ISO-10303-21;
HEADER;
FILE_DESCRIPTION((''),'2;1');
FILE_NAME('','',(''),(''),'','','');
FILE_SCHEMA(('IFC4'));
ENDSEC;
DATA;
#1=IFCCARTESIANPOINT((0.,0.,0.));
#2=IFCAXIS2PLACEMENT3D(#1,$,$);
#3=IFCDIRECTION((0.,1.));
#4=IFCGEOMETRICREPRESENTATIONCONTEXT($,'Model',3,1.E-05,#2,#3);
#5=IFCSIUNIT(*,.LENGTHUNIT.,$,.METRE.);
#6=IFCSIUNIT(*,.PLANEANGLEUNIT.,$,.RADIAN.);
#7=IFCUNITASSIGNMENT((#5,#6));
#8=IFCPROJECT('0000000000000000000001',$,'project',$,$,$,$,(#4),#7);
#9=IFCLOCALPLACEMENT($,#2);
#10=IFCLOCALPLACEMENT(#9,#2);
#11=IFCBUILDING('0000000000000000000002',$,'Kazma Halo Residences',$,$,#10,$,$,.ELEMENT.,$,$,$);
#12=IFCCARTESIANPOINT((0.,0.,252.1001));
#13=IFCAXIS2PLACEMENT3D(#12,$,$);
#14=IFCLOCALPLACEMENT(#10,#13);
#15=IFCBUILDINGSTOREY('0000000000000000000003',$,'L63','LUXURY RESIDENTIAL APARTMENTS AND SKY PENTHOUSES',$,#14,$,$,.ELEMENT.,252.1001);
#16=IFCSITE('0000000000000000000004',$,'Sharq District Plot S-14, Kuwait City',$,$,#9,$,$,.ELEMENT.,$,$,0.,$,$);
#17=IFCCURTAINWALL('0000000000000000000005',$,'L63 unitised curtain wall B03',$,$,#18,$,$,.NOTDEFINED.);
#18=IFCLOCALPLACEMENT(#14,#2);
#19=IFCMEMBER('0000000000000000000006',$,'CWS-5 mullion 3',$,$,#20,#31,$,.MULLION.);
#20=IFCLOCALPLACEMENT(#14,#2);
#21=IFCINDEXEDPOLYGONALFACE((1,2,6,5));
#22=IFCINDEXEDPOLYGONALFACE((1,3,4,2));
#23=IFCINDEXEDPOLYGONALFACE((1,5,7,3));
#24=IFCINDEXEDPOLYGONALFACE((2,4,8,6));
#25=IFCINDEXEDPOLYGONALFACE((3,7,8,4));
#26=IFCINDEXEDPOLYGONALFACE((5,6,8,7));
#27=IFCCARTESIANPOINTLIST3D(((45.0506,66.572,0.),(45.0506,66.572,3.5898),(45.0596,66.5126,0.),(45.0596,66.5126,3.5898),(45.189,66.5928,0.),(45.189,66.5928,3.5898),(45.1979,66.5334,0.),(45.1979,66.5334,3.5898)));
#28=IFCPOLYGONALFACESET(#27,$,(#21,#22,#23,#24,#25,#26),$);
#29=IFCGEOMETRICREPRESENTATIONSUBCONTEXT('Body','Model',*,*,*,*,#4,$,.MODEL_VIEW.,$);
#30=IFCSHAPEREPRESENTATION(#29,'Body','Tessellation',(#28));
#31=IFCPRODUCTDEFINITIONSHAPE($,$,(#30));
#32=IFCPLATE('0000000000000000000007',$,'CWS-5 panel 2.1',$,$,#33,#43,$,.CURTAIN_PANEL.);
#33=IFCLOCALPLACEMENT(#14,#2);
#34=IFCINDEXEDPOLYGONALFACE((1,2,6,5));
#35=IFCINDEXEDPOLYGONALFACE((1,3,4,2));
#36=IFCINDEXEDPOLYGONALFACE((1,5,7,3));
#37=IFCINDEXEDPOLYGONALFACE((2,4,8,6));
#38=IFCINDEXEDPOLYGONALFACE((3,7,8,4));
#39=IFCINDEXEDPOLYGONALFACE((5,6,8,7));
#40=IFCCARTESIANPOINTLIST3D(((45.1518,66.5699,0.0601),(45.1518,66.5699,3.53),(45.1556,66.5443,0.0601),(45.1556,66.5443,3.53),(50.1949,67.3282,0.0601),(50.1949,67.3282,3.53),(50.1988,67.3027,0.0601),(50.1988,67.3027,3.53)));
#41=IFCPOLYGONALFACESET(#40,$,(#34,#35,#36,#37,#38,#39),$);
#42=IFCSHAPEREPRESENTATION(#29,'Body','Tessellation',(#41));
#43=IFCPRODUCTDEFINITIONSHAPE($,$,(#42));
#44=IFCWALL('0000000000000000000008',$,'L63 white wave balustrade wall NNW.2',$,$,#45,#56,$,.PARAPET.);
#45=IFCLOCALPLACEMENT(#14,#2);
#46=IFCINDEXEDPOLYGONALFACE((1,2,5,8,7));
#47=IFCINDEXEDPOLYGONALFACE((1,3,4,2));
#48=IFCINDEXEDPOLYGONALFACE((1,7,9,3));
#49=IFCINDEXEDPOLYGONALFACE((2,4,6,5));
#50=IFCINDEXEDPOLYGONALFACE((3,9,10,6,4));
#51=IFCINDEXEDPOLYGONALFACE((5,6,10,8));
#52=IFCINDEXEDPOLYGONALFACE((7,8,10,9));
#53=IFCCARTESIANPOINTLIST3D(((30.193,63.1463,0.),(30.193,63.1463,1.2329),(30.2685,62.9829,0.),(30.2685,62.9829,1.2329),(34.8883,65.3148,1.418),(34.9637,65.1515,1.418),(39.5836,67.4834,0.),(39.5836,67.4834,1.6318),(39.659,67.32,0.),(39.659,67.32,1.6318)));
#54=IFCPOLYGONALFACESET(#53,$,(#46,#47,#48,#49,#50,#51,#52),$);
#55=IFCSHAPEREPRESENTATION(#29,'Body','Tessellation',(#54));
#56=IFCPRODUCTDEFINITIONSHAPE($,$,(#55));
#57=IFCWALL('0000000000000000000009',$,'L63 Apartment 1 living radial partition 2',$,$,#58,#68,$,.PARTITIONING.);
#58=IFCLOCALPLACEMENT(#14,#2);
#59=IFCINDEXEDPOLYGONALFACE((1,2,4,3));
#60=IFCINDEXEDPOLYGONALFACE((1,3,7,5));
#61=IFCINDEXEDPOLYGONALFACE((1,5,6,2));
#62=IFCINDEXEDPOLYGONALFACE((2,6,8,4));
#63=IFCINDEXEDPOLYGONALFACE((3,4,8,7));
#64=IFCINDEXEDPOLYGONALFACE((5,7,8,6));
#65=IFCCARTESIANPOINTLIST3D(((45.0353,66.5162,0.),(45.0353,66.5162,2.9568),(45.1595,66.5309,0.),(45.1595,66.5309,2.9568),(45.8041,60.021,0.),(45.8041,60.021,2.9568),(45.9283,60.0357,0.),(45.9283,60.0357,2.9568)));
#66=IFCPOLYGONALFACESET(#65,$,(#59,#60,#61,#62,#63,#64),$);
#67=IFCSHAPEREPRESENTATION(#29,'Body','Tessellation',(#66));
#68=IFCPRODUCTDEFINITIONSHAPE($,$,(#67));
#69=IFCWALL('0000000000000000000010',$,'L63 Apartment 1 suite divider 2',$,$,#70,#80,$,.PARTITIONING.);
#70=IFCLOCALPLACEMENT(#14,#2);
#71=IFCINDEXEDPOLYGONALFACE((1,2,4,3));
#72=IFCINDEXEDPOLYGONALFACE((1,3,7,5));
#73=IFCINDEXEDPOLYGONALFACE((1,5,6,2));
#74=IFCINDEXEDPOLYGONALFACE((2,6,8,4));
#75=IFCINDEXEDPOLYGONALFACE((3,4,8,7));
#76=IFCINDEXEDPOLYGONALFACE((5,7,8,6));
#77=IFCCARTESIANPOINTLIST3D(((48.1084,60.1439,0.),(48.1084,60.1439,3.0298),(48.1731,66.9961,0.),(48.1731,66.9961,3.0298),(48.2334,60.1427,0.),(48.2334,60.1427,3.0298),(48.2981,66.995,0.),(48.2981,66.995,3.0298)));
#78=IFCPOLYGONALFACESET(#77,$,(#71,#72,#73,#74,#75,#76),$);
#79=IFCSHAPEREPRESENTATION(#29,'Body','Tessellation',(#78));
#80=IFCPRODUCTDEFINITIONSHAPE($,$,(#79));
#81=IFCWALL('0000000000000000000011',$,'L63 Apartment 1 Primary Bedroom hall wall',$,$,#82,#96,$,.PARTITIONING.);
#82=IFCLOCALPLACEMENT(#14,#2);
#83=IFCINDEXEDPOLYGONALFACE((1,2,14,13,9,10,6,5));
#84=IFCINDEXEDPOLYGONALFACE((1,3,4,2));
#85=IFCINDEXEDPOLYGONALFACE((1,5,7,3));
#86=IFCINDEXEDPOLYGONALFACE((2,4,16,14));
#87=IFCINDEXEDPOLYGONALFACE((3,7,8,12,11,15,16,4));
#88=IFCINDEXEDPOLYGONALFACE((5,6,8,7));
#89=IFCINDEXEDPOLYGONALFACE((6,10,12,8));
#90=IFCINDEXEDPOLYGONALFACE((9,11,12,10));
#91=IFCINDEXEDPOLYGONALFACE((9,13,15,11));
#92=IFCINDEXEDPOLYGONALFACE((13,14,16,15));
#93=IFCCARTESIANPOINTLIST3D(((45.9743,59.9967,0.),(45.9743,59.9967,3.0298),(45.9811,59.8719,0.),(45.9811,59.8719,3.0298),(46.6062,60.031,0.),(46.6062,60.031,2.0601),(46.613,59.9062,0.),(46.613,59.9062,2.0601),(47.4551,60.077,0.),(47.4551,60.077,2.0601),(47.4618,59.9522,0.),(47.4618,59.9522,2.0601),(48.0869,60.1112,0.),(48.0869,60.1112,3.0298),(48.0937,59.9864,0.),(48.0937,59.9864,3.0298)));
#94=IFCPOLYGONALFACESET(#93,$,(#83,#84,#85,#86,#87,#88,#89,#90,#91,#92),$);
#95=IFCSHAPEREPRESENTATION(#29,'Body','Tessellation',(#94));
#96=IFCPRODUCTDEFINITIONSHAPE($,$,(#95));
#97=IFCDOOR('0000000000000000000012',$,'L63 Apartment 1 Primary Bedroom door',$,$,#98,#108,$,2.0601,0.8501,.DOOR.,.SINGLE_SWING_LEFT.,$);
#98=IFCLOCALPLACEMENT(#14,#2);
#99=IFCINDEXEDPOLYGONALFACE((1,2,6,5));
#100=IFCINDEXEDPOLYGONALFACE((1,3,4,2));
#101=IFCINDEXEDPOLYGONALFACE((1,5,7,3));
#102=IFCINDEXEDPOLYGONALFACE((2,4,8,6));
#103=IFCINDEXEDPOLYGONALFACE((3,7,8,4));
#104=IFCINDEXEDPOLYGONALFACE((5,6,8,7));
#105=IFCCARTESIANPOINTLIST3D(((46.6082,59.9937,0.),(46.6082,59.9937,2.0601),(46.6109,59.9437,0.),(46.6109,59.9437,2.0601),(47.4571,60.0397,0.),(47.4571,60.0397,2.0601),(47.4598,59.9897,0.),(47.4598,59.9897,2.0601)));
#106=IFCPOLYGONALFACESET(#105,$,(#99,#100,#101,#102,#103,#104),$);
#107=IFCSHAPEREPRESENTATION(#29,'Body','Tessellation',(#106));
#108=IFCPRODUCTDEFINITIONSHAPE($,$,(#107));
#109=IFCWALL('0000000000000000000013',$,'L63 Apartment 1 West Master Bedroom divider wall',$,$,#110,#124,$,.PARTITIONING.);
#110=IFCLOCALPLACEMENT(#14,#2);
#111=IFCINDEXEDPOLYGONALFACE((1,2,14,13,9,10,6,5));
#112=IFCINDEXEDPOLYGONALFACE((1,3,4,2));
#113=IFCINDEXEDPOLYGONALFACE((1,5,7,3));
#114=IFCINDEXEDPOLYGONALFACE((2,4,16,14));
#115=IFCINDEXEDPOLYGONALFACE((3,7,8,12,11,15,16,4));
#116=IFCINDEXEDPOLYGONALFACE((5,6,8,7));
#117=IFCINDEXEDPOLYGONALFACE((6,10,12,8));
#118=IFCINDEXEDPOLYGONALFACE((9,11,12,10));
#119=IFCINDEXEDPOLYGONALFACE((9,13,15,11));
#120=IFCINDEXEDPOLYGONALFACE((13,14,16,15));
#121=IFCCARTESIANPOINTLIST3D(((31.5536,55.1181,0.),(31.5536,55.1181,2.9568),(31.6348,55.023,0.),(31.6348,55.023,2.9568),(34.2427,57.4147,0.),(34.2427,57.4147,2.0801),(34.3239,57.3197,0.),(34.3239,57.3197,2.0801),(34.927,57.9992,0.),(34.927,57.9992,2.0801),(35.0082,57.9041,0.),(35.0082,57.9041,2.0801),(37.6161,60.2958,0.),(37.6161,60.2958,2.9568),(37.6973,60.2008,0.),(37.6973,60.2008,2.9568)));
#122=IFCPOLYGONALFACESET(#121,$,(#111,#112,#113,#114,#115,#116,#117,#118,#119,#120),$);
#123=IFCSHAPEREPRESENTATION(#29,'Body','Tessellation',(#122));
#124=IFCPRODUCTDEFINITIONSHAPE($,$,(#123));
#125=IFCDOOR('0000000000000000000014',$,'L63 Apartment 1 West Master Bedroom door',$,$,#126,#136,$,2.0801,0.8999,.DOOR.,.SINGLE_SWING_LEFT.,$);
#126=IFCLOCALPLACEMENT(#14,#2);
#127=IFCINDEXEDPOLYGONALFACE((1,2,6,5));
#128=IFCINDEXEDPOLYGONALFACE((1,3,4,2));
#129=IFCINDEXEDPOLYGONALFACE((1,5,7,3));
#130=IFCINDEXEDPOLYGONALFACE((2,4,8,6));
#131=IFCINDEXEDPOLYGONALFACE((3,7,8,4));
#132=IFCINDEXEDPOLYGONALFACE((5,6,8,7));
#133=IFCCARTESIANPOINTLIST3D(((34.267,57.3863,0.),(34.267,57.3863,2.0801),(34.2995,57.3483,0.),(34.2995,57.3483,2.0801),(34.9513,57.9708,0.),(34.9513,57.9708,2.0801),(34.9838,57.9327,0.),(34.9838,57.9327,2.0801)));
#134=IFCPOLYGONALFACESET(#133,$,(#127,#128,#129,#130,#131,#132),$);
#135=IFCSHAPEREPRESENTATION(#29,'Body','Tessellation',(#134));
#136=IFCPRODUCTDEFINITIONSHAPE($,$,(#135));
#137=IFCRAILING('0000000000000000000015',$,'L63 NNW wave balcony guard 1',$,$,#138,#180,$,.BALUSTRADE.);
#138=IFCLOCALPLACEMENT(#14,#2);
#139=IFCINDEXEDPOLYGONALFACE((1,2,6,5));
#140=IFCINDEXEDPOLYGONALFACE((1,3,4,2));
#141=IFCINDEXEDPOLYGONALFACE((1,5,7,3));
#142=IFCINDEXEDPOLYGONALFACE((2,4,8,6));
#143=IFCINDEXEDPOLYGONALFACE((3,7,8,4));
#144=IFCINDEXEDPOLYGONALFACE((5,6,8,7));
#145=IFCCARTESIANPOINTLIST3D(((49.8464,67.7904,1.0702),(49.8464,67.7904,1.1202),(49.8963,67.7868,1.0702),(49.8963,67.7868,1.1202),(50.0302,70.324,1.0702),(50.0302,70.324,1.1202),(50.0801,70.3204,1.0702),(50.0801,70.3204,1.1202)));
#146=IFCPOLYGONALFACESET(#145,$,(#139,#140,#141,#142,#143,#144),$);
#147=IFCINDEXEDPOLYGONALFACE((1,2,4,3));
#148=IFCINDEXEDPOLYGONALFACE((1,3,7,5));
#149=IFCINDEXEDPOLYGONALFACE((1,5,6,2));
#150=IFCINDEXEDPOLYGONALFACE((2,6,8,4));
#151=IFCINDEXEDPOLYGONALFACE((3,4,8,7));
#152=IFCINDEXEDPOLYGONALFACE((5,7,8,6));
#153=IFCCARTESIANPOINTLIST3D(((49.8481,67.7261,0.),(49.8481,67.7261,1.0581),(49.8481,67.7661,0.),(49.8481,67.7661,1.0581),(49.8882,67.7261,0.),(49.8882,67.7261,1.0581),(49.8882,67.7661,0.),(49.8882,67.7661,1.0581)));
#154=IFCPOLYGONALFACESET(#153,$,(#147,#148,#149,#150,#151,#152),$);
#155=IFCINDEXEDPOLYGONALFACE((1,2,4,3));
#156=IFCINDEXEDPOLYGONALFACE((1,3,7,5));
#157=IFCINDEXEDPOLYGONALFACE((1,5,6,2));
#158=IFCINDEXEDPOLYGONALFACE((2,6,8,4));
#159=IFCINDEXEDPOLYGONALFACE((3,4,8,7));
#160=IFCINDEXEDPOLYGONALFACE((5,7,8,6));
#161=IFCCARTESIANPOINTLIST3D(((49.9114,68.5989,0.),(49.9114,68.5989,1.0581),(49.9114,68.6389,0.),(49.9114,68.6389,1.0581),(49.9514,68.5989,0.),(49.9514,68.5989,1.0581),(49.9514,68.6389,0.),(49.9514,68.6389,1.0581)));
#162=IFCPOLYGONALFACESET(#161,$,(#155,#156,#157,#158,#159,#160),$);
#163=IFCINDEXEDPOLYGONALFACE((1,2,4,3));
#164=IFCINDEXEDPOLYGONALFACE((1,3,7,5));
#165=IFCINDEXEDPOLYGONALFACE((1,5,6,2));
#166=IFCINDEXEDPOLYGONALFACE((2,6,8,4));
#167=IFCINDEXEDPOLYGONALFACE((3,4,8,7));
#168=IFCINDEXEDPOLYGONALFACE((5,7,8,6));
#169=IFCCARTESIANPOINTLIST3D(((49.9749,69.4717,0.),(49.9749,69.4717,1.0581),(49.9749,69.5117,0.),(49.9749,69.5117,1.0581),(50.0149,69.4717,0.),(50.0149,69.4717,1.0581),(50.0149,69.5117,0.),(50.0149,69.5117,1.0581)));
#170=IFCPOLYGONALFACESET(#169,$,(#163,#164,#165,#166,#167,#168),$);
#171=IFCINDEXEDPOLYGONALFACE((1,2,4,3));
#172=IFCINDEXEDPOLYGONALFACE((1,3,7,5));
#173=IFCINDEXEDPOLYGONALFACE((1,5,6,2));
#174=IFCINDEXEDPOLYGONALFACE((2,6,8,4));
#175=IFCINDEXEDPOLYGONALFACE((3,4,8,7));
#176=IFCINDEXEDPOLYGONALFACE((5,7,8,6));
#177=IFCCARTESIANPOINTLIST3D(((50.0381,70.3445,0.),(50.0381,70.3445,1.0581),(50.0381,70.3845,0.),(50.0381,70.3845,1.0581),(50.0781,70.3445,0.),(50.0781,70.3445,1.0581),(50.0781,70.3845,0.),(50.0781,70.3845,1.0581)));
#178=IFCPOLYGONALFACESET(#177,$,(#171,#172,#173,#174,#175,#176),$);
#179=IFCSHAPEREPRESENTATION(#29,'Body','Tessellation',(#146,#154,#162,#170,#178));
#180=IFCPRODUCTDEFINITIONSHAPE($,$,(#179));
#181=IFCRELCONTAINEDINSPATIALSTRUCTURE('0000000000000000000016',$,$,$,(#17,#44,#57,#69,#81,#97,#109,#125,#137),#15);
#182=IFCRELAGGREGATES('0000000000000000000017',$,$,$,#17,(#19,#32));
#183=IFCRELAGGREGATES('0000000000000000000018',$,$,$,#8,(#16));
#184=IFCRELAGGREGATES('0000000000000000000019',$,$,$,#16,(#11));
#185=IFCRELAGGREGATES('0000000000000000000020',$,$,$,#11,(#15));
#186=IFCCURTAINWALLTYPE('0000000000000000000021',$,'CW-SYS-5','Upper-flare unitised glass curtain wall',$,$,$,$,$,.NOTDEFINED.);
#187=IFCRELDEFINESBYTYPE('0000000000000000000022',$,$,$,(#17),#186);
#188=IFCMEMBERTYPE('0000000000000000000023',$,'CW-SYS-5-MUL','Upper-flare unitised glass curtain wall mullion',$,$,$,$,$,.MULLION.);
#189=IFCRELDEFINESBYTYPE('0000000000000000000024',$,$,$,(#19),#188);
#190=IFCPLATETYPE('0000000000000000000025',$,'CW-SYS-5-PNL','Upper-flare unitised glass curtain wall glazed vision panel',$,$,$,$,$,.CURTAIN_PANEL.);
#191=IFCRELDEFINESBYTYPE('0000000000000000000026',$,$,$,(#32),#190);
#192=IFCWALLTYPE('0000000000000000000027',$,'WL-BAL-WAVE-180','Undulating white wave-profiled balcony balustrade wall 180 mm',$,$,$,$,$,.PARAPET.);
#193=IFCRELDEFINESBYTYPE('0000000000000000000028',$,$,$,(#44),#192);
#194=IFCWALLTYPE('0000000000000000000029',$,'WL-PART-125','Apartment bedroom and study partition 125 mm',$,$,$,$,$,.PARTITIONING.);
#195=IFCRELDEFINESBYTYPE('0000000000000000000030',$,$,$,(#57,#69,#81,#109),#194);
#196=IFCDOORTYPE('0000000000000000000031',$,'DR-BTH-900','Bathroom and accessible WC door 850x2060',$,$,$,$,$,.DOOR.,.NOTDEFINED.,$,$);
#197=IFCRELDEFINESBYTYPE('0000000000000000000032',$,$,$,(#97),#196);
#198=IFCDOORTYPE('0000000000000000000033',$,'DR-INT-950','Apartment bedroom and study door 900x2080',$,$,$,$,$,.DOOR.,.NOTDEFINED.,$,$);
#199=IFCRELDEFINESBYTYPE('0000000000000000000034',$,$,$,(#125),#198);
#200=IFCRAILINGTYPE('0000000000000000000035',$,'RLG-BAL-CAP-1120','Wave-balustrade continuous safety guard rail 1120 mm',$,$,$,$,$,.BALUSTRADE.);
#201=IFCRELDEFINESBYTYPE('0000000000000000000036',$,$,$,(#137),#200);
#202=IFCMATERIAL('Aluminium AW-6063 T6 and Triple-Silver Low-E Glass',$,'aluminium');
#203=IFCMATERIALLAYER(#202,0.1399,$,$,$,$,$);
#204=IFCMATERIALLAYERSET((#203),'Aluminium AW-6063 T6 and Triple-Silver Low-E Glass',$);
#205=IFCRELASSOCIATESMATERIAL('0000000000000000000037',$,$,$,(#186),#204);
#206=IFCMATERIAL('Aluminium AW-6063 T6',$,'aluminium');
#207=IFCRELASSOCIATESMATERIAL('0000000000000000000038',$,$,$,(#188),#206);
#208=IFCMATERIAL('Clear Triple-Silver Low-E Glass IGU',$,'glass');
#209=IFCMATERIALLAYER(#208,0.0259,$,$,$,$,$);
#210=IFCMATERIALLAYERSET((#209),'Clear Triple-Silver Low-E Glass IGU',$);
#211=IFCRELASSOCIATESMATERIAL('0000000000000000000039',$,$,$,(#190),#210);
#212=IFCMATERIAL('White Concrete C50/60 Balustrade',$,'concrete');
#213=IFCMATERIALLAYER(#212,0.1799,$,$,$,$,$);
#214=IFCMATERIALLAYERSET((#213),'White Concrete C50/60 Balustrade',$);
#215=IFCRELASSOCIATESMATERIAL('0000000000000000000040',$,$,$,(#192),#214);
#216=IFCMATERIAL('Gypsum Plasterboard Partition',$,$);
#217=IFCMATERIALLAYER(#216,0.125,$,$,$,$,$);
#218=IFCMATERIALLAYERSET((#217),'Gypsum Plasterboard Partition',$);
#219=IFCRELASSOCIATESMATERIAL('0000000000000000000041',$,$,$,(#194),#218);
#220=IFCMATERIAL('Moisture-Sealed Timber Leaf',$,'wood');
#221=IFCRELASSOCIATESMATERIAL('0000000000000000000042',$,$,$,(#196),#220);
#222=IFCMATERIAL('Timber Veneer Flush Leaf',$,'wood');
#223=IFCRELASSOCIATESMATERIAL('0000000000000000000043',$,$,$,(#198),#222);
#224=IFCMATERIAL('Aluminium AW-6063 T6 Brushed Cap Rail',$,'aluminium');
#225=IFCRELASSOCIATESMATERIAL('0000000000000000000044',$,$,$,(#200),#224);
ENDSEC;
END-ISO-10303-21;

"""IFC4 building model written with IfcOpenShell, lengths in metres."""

from ifc_helpers import new_model, si_unit, direction, frame, frame_2d, origin, origin_2d, place, context, subcontext, project, spatial, polyline, rectangle, outline, extrude, material, layer, layer_set, material_profile, profile_set, type_object, element, fill, aggregate, save


model = new_model("IFC4")

# Units and contexts
model_context = context("Model", 3, precision=1e-05, world=origin(), true_north=direction((0.0, 1.0)))
body_context = subcontext(model_context, "Body", "Model", "MODEL_VIEW")
ifc_project = project(units=[si_unit("LENGTHUNIT", "METRE"), si_unit("PLANEANGLEUNIT", "RADIAN")], contexts=[model_context])

# Site, building, storey
site_placement = place(None, origin())
site = spatial("IfcSite", under=ifc_project, at=site_placement, Name="Sharq District Plot S-14, Kuwait City", CompositionType="ELEMENT", RefElevation=0.0)
building_placement = place(site_placement, origin())
building = spatial("IfcBuilding", under=site, at=building_placement, Name="Kazma Halo Residences", CompositionType="ELEMENT")
storey_placement = place(building_placement, frame((0.0, 0.0, 252.1001)))
storey = spatial("IfcBuildingStorey", under=building, at=storey_placement, Name="L63", Description="LUXURY RESIDENTIAL APARTMENTS AND SKY PENTHOUSES", CompositionType="ELEMENT", Elevation=252.1001)

# Curtain wall, member, plate
ifc_material_1 = material(Name="Aluminium AW-6063 T6 and Triple-Silver Low-E Glass", Category="aluminium")
ifc_layer_1 = layer(ifc_material_1, 0.1399)
ifc_layer_set_1 = layer_set([ifc_layer_1], Name="Aluminium AW-6063 T6 and Triple-Silver Low-E Glass")
curtain_wall_type = type_object("IfcCurtainWallType", Name="CW-SYS-5", Description="Upper-flare unitised glass curtain wall", PredefinedType="NOTDEFINED", material=ifc_layer_set_1)
curtain_wall_placement = place(storey_placement, origin())
curtain_wall = element("IfcCurtainWall", 1, at=curtain_wall_placement, inside=storey, type_object=curtain_wall_type, Name="L63 unitised curtain wall B03", PredefinedType="NOTDEFINED")
ifc_material_2 = material(Name="Aluminium AW-6063 T6", Category="aluminium")
ifc_material_profile_1 = material_profile(ifc_material_2, rectangle(XDim=0.0601, YDim=0.1399, at=origin_2d()), Name="CWM-60x140")
ifc_profile_set_1 = profile_set([ifc_material_profile_1], Name="Aluminium AW-6063 T6")
member_type = type_object("IfcMemberType", Name="CW-SYS-5-MUL", Description="Upper-flare unitised glass curtain wall mullion", PredefinedType="MULLION", material=ifc_profile_set_1)
member_placement = place(storey_placement, frame((45.1243, 66.5527, 0.0), z_axis=(0.0, 0.0, 1.0), x_axis=(0.148697, -0.988883, 0.0)))
member = element("IfcMember", 2, at=member_placement, type_object=member_type, Name="CWS-5 mullion 3", PredefinedType="MULLION", context=body_context, shape_type="SweptSolid", body=[
    extrude(rectangle(XDim=0.0601, YDim=0.1399, at=origin_2d()), origin(), (0.0, 0.0, 1.0), 3.5898),
])
ifc_material_3 = material(Name="Clear Triple-Silver Low-E Glass IGU", Category="glass")
ifc_layer_2 = layer(ifc_material_3, 0.0259)
ifc_layer_set_2 = layer_set([ifc_layer_2], Name="Clear Triple-Silver Low-E Glass IGU")
plate_type = type_object("IfcPlateType", Name="CW-SYS-5-PNL", Description="Upper-flare unitised glass curtain wall glazed vision panel", PredefinedType="CURTAIN_PANEL", material=ifc_layer_set_2)
plate_placement = place(storey_placement, frame((47.6753, 66.9363, 0.0601), z_axis=(0.0, 0.0, 1.0), x_axis=(-0.988883, -0.148697, 0.0)))
plate = element("IfcPlate", 3, at=plate_placement, type_object=plate_type, Name="CWS-5 panel 2.1", PredefinedType="CURTAIN_PANEL", context=body_context, shape_type="SweptSolid", body=[
    extrude(rectangle(XDim=5.0999, YDim=0.0259, at=origin_2d()), origin(), (0.0, 0.0, 1.0), 3.47),
])
aggregate(curtain_wall, [member, plate])

# Wall
ifc_material_4 = material(Name="White Concrete C50/60 Balustrade", Category="concrete")
ifc_layer_3 = layer(ifc_material_4, 0.1799)
ifc_layer_set_3 = layer_set([ifc_layer_3], Name="White Concrete C50/60 Balustrade")
wall_type_1 = type_object("IfcWallType", Name="WL-BAL-WAVE-180", Description="Undulating white wave-profiled balcony balustrade wall 180 mm", PredefinedType="PARAPET", material=ifc_layer_set_3)
wall_1_placement = place(storey_placement, frame((39.6213, 67.4016, 0.0), z_axis=(0.0, 0.0, 1.0), x_axis=(-0.907848, -0.419299, 0.0)))
element("IfcWall", 4, at=wall_1_placement, inside=storey, type_object=wall_type_1, Name="L63 white wave balustrade wall NNW.2", PredefinedType="PARAPET", context=body_context, shape_type="SweptSolid", body=[
    extrude(outline(polyline([(0.0, 0.0), (10.3438, 0.0), (10.3438, 1.2329), (5.1719, 1.418), (0.0, 1.6318), (0.0, 0.0)])), frame((0.0, 0.0898, 0.0), z_axis=(0.0, -1.0, 0.0), x_axis=(1.0, 0.0, 0.0)), (0.0, 0.0, 1.0), 0.1799),
])

# Walls
ifc_material_5 = material(Name="Gypsum Plasterboard Partition")
ifc_layer_4 = layer(ifc_material_5, 0.125)
ifc_layer_set_4 = layer_set([ifc_layer_4], Name="Gypsum Plasterboard Partition")
wall_type_2 = type_object("IfcWallType", Name="WL-PART-125", Description="Apartment bedroom and study partition 125 mm", PredefinedType="PARTITIONING", material=ifc_layer_set_4)
wall_2_placement = place(storey_placement, frame((45.8662, 60.0283, 0.0), z_axis=(0.0, 0.0, 1.0), x_axis=(-0.117545, 0.993068, 0.0)))
element("IfcWall", 5, at=wall_2_placement, inside=storey, type_object=wall_type_2, Name="L63 Apartment 1 living radial partition 2", PredefinedType="PARTITIONING", context=body_context, shape_type="SweptSolid", body=[
    extrude(rectangle(XDim=6.5405, YDim=0.125, at=frame_2d((3.2703, 0.0))), origin(), (0.0, 0.0, 1.0), 2.9568),
])
wall_3_placement = place(storey_placement, frame((48.1709, 60.1433, 0.0), z_axis=(0.0, 0.0, 1.0), x_axis=(0.009441, 0.999955, 0.0)))
element("IfcWall", 6, at=wall_3_placement, inside=storey, type_object=wall_type_2, Name="L63 Apartment 1 suite divider 2", PredefinedType="PARTITIONING", context=body_context, shape_type="SweptSolid", body=[
    extrude(rectangle(XDim=6.8525, YDim=0.125, at=frame_2d((3.4263, 0.0))), origin(), (0.0, 0.0, 1.0), 3.0298),
])

# Walls, openings, doors
wall_4_placement = place(storey_placement, frame((48.0903, 60.0488, 0.0), z_axis=(0.0, 0.0, 1.0), x_axis=(-0.998534, -0.054121, 0.0)))
wall_4 = element("IfcWall", 7, at=wall_4_placement, inside=storey, type_object=wall_type_2, Name="L63 Apartment 1 Primary Bedroom hall wall", PredefinedType="PARTITIONING", context=body_context, shape_type="SweptSolid", body=[
    extrude(rectangle(XDim=2.1157, YDim=0.125, at=frame_2d((1.0579, 0.0))), origin(), (0.0, 0.0, 1.0), 3.0298),
])
opening_1_placement = place(wall_4_placement, frame((0.6328, 0.0, 0.0)))
opening_1 = element("IfcOpeningElement", 8, at=opening_1_placement, cuts=wall_4, PredefinedType="OPENING", context=body_context, shape_type="SweptSolid", body=[
    extrude(rectangle(XDim=0.8501, YDim=2.0601, at=frame_2d((0.425, 1.03))), frame((0.0, 0.0725, 0.0), z_axis=(0.0, -1.0, 0.0), x_axis=(1.0, 0.0, 0.0)), (0.0, 0.0, 1.0), 0.145),
])
ifc_material_6 = material(Name="Moisture-Sealed Timber Leaf", Category="wood")
door_type_1 = type_object("IfcDoorType", Name="DR-BTH-900", Description="Bathroom and accessible WC door 850x2060", OperationType="NOTDEFINED", PredefinedType="DOOR", material=ifc_material_6)
door_1_placement = place(opening_1_placement, origin())
door_1 = element("IfcDoor", 9, at=door_1_placement, inside=storey, type_object=door_type_1, Name="L63 Apartment 1 Primary Bedroom door", OperationType="SINGLE_SWING_LEFT", OverallHeight=2.0601, OverallWidth=0.8501, PredefinedType="DOOR", context=body_context, shape_type="SweptSolid", body=[
    extrude(rectangle(XDim=0.8501, YDim=2.0601, at=frame_2d((0.425, 1.03))), frame((0.0, 0.0249, 0.0), z_axis=(0.0, -1.0, 0.0), x_axis=(1.0, 0.0, 0.0)), (0.0, 0.0, 1.0), 0.05),
])
fill(opening_1, door_1)
wall_5_placement = place(storey_placement, frame((37.6567, 60.2483, 0.0), z_axis=(0.0, 0.0, 1.0), x_axis=(-0.760414, -0.649439, 0.0)))
wall_5 = element("IfcWall", 10, at=wall_5_placement, inside=storey, type_object=wall_type_2, Name="L63 Apartment 1 West Master Bedroom divider wall", PredefinedType="PARTITIONING", context=body_context, shape_type="SweptSolid", body=[
    extrude(rectangle(XDim=7.9727, YDim=0.125, at=frame_2d((3.9863, 0.0))), origin(), (0.0, 0.0, 1.0), 2.9568),
])
opening_2_placement = place(wall_5_placement, frame((3.5364, 0.0, 0.0)))
opening_2 = element("IfcOpeningElement", 11, at=opening_2_placement, cuts=wall_5, PredefinedType="OPENING", context=body_context, shape_type="SweptSolid", body=[
    extrude(rectangle(XDim=0.8999, YDim=2.0801, at=frame_2d((0.45, 1.04))), frame((0.0, 0.0725, 0.0), z_axis=(0.0, -1.0, 0.0), x_axis=(1.0, 0.0, 0.0)), (0.0, 0.0, 1.0), 0.145),
])
ifc_material_7 = material(Name="Timber Veneer Flush Leaf", Category="wood")
door_type_2 = type_object("IfcDoorType", Name="DR-INT-950", Description="Apartment bedroom and study door 900x2080", OperationType="NOTDEFINED", PredefinedType="DOOR", material=ifc_material_7)
door_2_placement = place(opening_2_placement, origin())
door_2 = element("IfcDoor", 12, at=door_2_placement, inside=storey, type_object=door_type_2, Name="L63 Apartment 1 West Master Bedroom door", OperationType="SINGLE_SWING_LEFT", OverallHeight=2.0801, OverallWidth=0.8999, PredefinedType="DOOR", context=body_context, shape_type="SweptSolid", body=[
    extrude(rectangle(XDim=0.8999, YDim=2.0801, at=frame_2d((0.45, 1.04))), frame((0.0, 0.0249, 0.0), z_axis=(0.0, -1.0, 0.0), x_axis=(1.0, 0.0, 0.0)), (0.0, 0.0, 1.0), 0.05),
])
fill(opening_2, door_2)

# Railing
ifc_material_8 = material(Name="Aluminium AW-6063 T6 Brushed Cap Rail", Category="aluminium")
railing_type = type_object("IfcRailingType", Name="RLG-BAL-CAP-1120", Description="Wave-balustrade continuous safety guard rail 1120 mm", PredefinedType="BALUSTRADE", material=ifc_material_8)
railing_1_placement = place(storey_placement, frame((49.8682, 67.7461, 0.0)))
element("IfcRailing", 13, at=railing_1_placement, inside=storey, type_object=railing_type, Name="L63 NNW wave balcony guard 1", PredefinedType="BALUSTRADE", context=body_context, shape_type="SweptSolid", body=[
    extrude(rectangle(XDim=0.05, YDim=0.05, at=origin_2d()), frame((0.0032, 0.0425, 1.0952), z_axis=(0.072351, 0.997379, 0.0), x_axis=(-0.997379, 0.072351, 0.0)), (0.0, 0.0, 1.0), 2.5403),
    extrude(rectangle(XDim=0.04, YDim=0.04, at=origin_2d()), origin(), (0.0, 0.0, 1.0), 1.0581),
    extrude(rectangle(XDim=0.04, YDim=0.04, at=origin_2d()), frame((0.0632, 0.8728, 0.0)), (0.0, 0.0, 1.0), 1.0581),
    extrude(rectangle(XDim=0.04, YDim=0.04, at=origin_2d()), frame((0.1267, 1.7456, 0.0)), (0.0, 0.0, 1.0), 1.0581),
    extrude(rectangle(XDim=0.04, YDim=0.04, at=origin_2d()), frame((0.1899, 2.6184, 0.0)), (0.0, 0.0, 1.0), 1.0581),
])

save(model, "model.ifc")
